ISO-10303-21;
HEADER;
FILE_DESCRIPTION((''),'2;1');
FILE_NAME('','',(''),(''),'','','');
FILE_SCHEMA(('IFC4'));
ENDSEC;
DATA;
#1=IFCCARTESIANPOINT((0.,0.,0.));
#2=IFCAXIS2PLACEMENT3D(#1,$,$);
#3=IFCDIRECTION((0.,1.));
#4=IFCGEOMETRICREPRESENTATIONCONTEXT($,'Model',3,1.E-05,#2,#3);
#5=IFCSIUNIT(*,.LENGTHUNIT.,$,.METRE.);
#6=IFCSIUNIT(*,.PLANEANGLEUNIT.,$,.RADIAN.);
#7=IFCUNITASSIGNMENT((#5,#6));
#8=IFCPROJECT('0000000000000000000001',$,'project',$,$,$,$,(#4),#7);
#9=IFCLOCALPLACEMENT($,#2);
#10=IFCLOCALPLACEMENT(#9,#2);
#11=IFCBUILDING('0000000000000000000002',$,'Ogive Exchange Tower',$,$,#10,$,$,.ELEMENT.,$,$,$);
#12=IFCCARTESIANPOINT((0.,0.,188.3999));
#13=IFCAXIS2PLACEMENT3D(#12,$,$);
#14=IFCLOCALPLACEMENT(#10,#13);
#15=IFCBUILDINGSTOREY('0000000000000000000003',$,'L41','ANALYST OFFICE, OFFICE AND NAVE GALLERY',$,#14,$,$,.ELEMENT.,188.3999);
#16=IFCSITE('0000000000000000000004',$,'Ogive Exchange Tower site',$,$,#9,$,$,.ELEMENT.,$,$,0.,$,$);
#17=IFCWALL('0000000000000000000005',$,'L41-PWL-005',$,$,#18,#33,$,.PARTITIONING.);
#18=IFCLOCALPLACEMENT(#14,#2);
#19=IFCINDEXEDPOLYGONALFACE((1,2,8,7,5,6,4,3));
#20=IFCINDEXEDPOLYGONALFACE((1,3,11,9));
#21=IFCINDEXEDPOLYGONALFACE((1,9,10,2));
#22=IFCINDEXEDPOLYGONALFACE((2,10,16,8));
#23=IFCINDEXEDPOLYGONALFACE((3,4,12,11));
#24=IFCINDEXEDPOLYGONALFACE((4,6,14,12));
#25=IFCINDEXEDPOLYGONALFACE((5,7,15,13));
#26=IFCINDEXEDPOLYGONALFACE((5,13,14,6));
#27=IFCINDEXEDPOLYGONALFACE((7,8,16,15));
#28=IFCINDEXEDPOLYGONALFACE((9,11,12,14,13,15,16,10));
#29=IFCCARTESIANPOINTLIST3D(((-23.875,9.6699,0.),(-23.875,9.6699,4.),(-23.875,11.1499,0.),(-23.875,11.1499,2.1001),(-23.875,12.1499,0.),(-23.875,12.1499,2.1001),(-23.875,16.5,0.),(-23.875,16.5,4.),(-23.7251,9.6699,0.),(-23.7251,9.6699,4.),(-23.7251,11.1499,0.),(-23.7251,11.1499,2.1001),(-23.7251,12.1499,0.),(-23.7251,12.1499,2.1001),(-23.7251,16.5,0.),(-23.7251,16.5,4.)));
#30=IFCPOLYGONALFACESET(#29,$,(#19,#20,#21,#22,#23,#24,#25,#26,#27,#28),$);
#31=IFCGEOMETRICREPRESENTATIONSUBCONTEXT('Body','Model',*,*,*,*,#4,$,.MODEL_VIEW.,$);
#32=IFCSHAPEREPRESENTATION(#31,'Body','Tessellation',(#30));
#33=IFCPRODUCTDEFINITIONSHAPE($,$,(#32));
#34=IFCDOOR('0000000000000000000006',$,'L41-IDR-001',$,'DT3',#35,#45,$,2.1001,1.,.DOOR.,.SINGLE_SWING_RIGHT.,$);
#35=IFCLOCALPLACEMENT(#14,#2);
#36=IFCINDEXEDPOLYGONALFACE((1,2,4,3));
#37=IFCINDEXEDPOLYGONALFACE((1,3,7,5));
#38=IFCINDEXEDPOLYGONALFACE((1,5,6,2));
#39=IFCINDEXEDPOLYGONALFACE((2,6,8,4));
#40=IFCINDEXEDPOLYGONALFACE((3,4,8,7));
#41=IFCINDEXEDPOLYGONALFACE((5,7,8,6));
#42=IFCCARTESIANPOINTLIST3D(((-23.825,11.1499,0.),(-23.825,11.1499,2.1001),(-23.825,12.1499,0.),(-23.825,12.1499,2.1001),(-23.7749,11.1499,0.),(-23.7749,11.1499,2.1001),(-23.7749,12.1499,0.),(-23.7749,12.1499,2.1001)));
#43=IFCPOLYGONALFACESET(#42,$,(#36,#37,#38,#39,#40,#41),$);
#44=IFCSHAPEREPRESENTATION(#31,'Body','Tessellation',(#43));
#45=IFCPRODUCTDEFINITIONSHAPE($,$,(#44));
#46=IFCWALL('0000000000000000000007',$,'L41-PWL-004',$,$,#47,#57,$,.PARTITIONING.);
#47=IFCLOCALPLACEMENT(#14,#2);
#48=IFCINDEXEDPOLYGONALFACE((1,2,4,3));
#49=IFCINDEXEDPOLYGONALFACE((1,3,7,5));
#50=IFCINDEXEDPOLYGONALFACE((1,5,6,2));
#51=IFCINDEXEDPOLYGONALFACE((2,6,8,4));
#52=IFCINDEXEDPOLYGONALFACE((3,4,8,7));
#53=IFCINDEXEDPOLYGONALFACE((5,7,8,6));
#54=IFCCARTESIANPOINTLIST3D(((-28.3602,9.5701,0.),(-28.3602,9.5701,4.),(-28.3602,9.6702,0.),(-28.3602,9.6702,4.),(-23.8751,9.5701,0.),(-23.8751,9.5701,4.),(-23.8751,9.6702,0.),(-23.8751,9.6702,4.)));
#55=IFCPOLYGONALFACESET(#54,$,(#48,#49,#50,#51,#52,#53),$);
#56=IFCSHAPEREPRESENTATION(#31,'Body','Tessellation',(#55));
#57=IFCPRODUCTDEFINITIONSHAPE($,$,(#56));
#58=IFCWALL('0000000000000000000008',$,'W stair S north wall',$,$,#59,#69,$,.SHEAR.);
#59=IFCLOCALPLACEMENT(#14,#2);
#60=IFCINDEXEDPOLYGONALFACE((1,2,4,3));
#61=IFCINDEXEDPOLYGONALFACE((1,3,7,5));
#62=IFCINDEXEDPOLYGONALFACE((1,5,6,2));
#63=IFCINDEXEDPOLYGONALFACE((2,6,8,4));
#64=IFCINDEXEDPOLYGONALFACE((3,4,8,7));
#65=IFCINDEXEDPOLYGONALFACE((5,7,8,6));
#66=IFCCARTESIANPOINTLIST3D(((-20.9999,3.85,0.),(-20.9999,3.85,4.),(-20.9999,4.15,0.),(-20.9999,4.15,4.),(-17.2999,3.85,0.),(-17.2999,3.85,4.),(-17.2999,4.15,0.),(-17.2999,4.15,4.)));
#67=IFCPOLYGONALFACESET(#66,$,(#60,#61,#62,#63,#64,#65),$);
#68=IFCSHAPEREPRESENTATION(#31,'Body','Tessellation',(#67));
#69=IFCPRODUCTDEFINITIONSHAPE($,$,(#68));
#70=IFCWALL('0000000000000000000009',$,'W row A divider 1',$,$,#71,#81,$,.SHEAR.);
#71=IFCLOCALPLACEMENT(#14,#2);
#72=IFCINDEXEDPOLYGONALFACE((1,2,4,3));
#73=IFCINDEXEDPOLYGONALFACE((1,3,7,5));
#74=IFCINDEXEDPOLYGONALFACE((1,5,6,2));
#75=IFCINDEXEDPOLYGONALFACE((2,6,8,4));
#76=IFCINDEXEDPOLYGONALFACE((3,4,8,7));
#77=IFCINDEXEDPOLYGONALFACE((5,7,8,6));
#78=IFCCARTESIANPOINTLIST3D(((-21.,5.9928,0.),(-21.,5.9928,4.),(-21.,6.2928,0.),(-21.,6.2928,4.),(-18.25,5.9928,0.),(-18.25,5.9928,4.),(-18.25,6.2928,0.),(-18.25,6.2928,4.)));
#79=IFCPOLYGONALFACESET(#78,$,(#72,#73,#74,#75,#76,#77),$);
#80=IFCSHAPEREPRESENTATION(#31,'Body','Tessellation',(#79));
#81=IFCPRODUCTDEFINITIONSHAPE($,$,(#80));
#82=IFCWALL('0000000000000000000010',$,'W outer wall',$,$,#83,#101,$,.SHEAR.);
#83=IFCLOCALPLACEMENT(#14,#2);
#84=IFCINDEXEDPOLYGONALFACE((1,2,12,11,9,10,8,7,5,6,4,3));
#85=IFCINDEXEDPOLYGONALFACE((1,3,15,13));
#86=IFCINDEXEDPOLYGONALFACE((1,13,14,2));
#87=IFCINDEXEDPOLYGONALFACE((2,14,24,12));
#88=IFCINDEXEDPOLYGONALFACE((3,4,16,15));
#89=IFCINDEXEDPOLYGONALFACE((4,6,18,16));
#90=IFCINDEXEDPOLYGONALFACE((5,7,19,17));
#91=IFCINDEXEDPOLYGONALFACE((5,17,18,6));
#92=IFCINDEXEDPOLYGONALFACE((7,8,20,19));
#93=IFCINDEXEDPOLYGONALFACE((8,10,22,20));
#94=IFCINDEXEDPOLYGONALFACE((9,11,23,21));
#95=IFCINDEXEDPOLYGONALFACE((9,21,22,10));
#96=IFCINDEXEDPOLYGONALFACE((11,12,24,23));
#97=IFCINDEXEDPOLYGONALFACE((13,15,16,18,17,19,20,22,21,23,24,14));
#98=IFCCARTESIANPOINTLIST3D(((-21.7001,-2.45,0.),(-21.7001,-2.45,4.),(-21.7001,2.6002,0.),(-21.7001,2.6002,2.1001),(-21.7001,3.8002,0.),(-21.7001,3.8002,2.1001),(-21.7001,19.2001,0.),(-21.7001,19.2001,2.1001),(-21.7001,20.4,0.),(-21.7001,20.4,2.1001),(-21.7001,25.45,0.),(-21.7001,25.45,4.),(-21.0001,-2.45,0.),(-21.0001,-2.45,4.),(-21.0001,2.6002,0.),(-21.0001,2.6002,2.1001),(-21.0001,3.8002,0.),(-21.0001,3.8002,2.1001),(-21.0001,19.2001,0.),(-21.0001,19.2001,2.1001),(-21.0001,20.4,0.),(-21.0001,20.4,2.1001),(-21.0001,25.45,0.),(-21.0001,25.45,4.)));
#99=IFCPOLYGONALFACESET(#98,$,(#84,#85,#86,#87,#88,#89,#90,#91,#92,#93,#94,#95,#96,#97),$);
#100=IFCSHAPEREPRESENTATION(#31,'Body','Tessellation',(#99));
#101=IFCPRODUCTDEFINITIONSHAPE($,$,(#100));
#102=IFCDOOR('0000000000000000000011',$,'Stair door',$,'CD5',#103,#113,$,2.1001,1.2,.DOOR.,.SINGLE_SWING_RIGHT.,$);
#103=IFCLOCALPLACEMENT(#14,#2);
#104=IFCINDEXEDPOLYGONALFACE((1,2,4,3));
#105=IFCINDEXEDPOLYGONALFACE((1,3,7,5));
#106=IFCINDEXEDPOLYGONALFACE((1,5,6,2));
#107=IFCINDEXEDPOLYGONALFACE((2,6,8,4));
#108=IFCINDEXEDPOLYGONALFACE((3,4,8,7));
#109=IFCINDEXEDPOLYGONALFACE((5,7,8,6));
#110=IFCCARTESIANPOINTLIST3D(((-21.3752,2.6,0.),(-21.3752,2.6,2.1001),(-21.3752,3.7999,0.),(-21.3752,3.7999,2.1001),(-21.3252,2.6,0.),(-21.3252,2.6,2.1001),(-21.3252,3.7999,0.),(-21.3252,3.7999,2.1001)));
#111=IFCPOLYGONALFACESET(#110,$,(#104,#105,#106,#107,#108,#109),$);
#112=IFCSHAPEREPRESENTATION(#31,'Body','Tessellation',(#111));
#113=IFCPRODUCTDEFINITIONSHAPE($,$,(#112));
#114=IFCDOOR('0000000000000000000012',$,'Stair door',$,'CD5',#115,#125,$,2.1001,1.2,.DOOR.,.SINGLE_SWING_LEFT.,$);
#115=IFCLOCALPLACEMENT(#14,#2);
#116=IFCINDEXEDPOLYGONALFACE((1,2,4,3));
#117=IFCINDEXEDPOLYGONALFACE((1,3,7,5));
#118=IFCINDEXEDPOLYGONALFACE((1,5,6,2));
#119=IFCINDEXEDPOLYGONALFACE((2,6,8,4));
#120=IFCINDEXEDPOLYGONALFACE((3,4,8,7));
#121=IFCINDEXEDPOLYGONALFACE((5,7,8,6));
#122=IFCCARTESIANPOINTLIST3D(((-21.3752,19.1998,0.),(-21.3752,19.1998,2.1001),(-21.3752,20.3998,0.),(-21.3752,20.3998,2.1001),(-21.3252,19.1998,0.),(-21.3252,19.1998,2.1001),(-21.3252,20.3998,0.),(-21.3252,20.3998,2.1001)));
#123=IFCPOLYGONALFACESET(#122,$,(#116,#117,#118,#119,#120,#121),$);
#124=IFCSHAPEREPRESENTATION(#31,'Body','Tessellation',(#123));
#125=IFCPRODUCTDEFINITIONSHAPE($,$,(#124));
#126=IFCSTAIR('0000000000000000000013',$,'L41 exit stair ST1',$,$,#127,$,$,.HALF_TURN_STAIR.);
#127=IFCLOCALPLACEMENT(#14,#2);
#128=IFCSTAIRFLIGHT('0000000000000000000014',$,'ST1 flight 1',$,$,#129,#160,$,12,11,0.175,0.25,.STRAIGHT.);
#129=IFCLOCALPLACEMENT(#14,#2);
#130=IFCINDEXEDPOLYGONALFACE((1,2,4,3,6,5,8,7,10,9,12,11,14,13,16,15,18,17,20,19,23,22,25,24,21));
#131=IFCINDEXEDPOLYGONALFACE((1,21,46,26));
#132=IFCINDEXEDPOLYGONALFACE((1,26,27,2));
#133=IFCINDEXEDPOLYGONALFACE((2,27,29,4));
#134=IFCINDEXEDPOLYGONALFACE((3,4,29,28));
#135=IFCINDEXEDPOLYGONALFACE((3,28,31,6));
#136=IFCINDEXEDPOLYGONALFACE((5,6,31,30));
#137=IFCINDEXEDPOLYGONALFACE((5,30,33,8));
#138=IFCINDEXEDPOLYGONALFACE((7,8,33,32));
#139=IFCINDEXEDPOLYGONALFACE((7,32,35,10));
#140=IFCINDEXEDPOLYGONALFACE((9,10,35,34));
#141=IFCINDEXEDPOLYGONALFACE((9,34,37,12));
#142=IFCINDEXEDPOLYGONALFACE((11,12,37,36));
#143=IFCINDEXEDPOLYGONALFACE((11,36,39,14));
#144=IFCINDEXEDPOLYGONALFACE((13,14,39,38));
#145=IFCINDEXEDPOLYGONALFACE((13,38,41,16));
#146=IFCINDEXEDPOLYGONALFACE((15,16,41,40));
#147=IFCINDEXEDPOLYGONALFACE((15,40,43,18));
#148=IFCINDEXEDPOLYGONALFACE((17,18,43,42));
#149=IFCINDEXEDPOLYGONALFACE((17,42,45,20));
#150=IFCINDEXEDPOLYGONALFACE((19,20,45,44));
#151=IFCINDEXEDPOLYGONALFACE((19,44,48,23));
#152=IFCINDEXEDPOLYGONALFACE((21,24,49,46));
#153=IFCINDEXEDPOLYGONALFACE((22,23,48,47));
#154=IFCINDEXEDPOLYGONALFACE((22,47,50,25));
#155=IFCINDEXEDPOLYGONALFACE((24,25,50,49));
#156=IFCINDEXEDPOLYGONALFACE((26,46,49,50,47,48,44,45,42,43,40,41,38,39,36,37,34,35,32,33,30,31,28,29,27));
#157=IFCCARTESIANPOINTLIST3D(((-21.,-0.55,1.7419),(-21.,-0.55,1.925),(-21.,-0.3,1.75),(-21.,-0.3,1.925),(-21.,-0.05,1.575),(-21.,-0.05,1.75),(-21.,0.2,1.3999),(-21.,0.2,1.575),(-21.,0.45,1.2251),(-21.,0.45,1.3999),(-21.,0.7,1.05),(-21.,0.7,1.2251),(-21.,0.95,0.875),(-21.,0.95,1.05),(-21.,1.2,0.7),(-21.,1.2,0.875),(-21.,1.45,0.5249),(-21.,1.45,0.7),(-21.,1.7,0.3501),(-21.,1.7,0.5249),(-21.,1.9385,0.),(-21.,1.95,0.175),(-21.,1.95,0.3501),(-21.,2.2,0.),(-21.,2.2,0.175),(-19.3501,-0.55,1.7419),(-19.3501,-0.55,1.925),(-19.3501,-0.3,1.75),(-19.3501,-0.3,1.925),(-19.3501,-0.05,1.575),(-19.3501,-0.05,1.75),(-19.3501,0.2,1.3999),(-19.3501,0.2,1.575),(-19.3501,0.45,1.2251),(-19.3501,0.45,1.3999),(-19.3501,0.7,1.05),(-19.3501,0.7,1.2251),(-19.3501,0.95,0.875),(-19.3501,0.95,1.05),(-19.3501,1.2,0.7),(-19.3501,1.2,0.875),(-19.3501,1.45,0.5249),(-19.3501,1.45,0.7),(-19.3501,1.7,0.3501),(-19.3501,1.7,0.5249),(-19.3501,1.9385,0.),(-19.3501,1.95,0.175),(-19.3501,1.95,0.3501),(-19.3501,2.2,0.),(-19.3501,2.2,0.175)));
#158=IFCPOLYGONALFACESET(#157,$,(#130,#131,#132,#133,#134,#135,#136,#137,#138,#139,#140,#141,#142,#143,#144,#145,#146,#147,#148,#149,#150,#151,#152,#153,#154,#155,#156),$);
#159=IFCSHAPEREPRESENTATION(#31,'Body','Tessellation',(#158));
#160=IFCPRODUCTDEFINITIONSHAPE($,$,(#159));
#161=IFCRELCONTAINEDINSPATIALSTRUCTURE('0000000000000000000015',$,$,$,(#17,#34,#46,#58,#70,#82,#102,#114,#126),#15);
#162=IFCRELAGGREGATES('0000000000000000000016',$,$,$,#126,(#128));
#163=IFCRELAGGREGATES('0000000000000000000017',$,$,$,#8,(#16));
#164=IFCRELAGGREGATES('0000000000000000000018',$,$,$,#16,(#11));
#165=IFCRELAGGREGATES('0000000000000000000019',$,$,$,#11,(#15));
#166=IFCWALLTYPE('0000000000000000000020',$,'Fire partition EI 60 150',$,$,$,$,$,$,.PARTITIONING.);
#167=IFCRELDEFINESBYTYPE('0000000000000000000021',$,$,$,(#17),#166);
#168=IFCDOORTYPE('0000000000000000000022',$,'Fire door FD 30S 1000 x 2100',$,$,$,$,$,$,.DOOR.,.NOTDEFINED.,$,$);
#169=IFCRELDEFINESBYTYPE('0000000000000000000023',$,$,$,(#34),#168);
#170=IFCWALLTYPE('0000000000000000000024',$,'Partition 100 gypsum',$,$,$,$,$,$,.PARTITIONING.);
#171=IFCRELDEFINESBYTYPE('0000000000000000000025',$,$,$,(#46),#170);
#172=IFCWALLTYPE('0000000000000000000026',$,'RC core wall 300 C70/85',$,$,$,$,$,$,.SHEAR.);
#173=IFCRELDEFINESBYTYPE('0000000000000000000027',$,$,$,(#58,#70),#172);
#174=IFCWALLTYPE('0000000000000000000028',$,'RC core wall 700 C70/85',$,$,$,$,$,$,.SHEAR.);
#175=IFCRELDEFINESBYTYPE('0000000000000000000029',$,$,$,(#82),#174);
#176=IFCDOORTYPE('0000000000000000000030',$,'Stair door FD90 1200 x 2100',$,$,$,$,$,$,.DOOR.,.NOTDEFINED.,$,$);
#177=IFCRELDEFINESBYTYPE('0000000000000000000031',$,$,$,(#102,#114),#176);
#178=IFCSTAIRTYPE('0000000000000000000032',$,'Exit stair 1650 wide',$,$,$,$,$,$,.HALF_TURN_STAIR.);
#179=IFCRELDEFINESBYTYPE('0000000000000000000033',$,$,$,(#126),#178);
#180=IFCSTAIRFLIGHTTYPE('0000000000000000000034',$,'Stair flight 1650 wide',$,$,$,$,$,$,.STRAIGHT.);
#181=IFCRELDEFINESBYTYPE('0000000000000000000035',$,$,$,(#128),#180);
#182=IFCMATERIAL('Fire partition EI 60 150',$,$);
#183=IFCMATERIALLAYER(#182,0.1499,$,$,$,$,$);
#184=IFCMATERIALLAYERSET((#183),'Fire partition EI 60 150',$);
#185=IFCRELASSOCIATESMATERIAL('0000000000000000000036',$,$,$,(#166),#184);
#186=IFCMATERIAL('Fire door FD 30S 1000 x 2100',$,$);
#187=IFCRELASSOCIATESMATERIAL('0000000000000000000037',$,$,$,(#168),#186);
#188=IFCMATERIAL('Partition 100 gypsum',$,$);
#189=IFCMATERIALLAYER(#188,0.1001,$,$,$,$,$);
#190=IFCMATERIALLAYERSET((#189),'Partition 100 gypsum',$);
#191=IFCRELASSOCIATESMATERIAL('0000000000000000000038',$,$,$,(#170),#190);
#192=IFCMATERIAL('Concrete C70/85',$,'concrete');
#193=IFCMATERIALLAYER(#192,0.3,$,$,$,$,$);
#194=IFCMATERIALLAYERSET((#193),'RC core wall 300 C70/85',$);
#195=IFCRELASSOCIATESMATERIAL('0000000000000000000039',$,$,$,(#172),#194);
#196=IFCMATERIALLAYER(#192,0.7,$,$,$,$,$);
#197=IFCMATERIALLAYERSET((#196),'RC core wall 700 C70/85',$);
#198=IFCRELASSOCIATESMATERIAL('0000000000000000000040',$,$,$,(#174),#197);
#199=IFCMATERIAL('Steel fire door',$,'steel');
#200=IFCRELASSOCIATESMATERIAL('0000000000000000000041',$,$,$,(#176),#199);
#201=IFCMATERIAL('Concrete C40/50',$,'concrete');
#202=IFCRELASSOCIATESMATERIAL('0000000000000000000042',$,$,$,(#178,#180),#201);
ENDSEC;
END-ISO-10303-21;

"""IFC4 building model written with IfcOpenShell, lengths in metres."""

from ifc_helpers import new_model, si_unit, direction, frame, frame_2d, origin, place, context, subcontext, project, spatial, polyline, rectangle, outline, extrude, material, layer, layer_set, type_object, element, fill, aggregate, save


model = new_model("IFC4")

# Units and contexts
model_context = context("Model", 3, precision=1e-05, world=origin(), true_north=direction((0.0, 1.0)))
body_context = subcontext(model_context, "Body", "Model", "MODEL_VIEW")
ifc_project = project(units=[si_unit("LENGTHUNIT", "METRE"), si_unit("PLANEANGLEUNIT", "RADIAN")], contexts=[model_context])

# Site, building, storey
site_placement = place(None, origin())
site = spatial("IfcSite", under=ifc_project, at=site_placement, Name="Ogive Exchange Tower site", CompositionType="ELEMENT", RefElevation=0.0)
building_placement = place(site_placement, origin())
building = spatial("IfcBuilding", under=site, at=building_placement, Name="Ogive Exchange Tower", CompositionType="ELEMENT")
storey_placement = place(building_placement, frame((0.0, 0.0, 188.3999)))
storey = spatial("IfcBuildingStorey", under=building, at=storey_placement, Name="L41", Description="ANALYST OFFICE, OFFICE AND NAVE GALLERY", CompositionType="ELEMENT", Elevation=188.3999)

# Wall, opening, door
ifc_material_1 = material(Name="Fire partition EI 60 150")
ifc_layer_1 = layer(ifc_material_1, 0.1499)
ifc_layer_set_1 = layer_set([ifc_layer_1], Name="Fire partition EI 60 150")
wall_type_1 = type_object("IfcWallType", Name="Fire partition EI 60 150", PredefinedType="PARTITIONING", material=ifc_layer_set_1)
wall_1_placement = place(storey_placement, frame((-23.8, 9.6699, 0.0), z_axis=(0.0, 0.0, 1.0), x_axis=(0.0, 1.0, 0.0)))
wall_1 = element("IfcWall", 1, at=wall_1_placement, inside=storey, type_object=wall_type_1, Name="L41-PWL-005", PredefinedType="PARTITIONING", context=body_context, shape_type="SweptSolid", body=[
    extrude(rectangle(XDim=6.8301, YDim=0.1499, at=frame_2d((3.415, 0.0))), origin(), (0.0, 0.0, 1.0), 4.0),
])
opening_1_placement = place(wall_1_placement, frame((1.48, 0.0, 0.0)))
opening_1 = element("IfcOpeningElement", 2, at=opening_1_placement, cuts=wall_1, PredefinedType="OPENING", context=body_context, shape_type="SweptSolid", body=[
    extrude(rectangle(XDim=1.0, YDim=2.1001, at=frame_2d((0.5, 1.05))), frame((0.0, 0.085, 0.0), z_axis=(0.0, -1.0, 0.0), x_axis=(1.0, 0.0, 0.0)), (0.0, 0.0, 1.0), 0.1699),
])
ifc_material_2 = material(Name="Fire door FD 30S 1000 x 2100")
door_type_1 = type_object("IfcDoorType", Name="Fire door FD 30S 1000 x 2100", OperationType="NOTDEFINED", PredefinedType="DOOR", material=ifc_material_2)
door_1_placement = place(opening_1_placement, origin())
door_1 = element("IfcDoor", 3, at=door_1_placement, inside=storey, type_object=door_type_1, Name="L41-IDR-001", ObjectType="DT3", OperationType="SINGLE_SWING_RIGHT", OverallHeight=2.1001, OverallWidth=1.0, PredefinedType="DOOR", context=body_context, shape_type="SweptSolid", body=[
    extrude(rectangle(XDim=1.0, YDim=2.1001, at=frame_2d((0.5, 1.05))), frame((0.0, 0.0249, 0.0), z_axis=(0.0, -1.0, 0.0), x_axis=(1.0, 0.0, 0.0)), (0.0, 0.0, 1.0), 0.05),
])
fill(opening_1, door_1)

# Walls
ifc_material_3 = material(Name="Partition 100 gypsum")
ifc_layer_2 = layer(ifc_material_3, 0.1001)
ifc_layer_set_2 = layer_set([ifc_layer_2], Name="Partition 100 gypsum")
wall_type_2 = type_object("IfcWallType", Name="Partition 100 gypsum", PredefinedType="PARTITIONING", material=ifc_layer_set_2)
wall_2_placement = place(storey_placement, frame((-23.875, 9.6201, 0.0), z_axis=(0.0, 0.0, 1.0), x_axis=(-1.0, 0.0, 0.0)))
element("IfcWall", 4, at=wall_2_placement, inside=storey, type_object=wall_type_2, Name="L41-PWL-004", PredefinedType="PARTITIONING", context=body_context, shape_type="SweptSolid", body=[
    extrude(rectangle(XDim=4.4851, YDim=0.1001, at=frame_2d((2.2427, 0.0))), origin(), (0.0, 0.0, 1.0), 4.0),
])
ifc_material_4 = material(Name="Concrete C70/85", Category="concrete")
ifc_layer_3 = layer(ifc_material_4, 0.3)
ifc_layer_set_3 = layer_set([ifc_layer_3], Name="RC core wall 300 C70/85")
wall_type_3 = type_object("IfcWallType", Name="RC core wall 300 C70/85", PredefinedType="SHEAR", material=ifc_layer_set_3)
wall_3_placement = place(storey_placement, frame((-21.0, 4.0, 0.0), z_axis=(0.0, 0.0, 1.0), x_axis=(1.0, 0.0, 0.0)))
element("IfcWall", 5, at=wall_3_placement, inside=storey, type_object=wall_type_3, Name="W stair S north wall", PredefinedType="SHEAR", context=body_context, shape_type="SweptSolid", body=[
    extrude(rectangle(XDim=3.7, YDim=0.3, at=frame_2d((1.8501, 0.0))), origin(), (0.0, 0.0, 1.0), 4.0),
])
wall_4_placement = place(storey_placement, frame((-21.0, 6.1428, 0.0), z_axis=(0.0, 0.0, 1.0), x_axis=(1.0, 0.0, 0.0)))
element("IfcWall", 6, at=wall_4_placement, inside=storey, type_object=wall_type_3, Name="W row A divider 1", PredefinedType="SHEAR", context=body_context, shape_type="SweptSolid", body=[
    extrude(rectangle(XDim=2.75, YDim=0.3, at=frame_2d((1.375, 0.0))), origin(), (0.0, 0.0, 1.0), 4.0),
])

# Wall, openings, doors
ifc_layer_4 = layer(ifc_material_4, 0.7)
ifc_layer_set_4 = layer_set([ifc_layer_4], Name="RC core wall 700 C70/85")
wall_type_4 = type_object("IfcWallType", Name="RC core wall 700 C70/85", PredefinedType="SHEAR", material=ifc_layer_set_4)
wall_5_placement = place(storey_placement, frame((-21.3501, -2.45, 0.0), z_axis=(0.0, 0.0, 1.0), x_axis=(0.0, 1.0, 0.0)))
wall_5 = element("IfcWall", 7, at=wall_5_placement, inside=storey, type_object=wall_type_4, Name="W outer wall", PredefinedType="SHEAR", context=body_context, shape_type="SweptSolid", body=[
    extrude(rectangle(XDim=27.8999, YDim=0.7, at=frame_2d((13.95, 0.0))), origin(), (0.0, 0.0, 1.0), 4.0),
])
opening_2_placement = place(wall_5_placement, frame((5.05, 0.0, 0.0)))
opening_2 = element("IfcOpeningElement", 8, at=opening_2_placement, cuts=wall_5, PredefinedType="OPENING", context=body_context, shape_type="SweptSolid", body=[
    extrude(rectangle(XDim=1.2, YDim=2.1001, at=frame_2d((0.6001, 1.05))), frame((0.0, 0.3599, 0.0), z_axis=(0.0, -1.0, 0.0), x_axis=(1.0, 0.0, 0.0)), (0.0, 0.0, 1.0), 0.72),
])
opening_3_placement = place(wall_5_placement, frame((21.6499, 0.0, 0.0)))
opening_3 = element("IfcOpeningElement", 9, at=opening_3_placement, cuts=wall_5, PredefinedType="OPENING", context=body_context, shape_type="SweptSolid", body=[
    extrude(rectangle(XDim=1.2, YDim=2.1001, at=frame_2d((0.6001, 1.05))), frame((0.0, 0.3599, 0.0), z_axis=(0.0, -1.0, 0.0), x_axis=(1.0, 0.0, 0.0)), (0.0, 0.0, 1.0), 0.72),
])
ifc_material_5 = material(Name="Steel fire door", Category="steel")
door_type_2 = type_object("IfcDoorType", Name="Stair door FD90 1200 x 2100", OperationType="NOTDEFINED", PredefinedType="DOOR", material=ifc_material_5)
door_2_placement = place(opening_2_placement, frame((1.2, 0.0, 0.0), z_axis=(0.0, 0.0, 1.0), x_axis=(-1.0, 0.0, 0.0)))
door_2 = element("IfcDoor", 10, at=door_2_placement, inside=storey, type_object=door_type_2, Name="Stair door", ObjectType="CD5", OperationType="SINGLE_SWING_RIGHT", OverallHeight=2.1001, OverallWidth=1.2, PredefinedType="DOOR", context=body_context, shape_type="SweptSolid", body=[
    extrude(rectangle(XDim=1.2, YDim=2.1001, at=frame_2d((0.6001, 1.05))), frame((0.0, 0.0249, 0.0), z_axis=(0.0, -1.0, 0.0), x_axis=(1.0, 0.0, 0.0)), (0.0, 0.0, 1.0), 0.05),
])
fill(opening_2, door_2)
door_3_placement = place(opening_3_placement, frame((1.2, 0.0, 0.0), z_axis=(0.0, 0.0, 1.0), x_axis=(-1.0, 0.0, 0.0)))
door_3 = element("IfcDoor", 11, at=door_3_placement, inside=storey, type_object=door_type_2, Name="Stair door", ObjectType="CD5", OperationType="SINGLE_SWING_LEFT", OverallHeight=2.1001, OverallWidth=1.2, PredefinedType="DOOR", context=body_context, shape_type="SweptSolid", body=[
    extrude(rectangle(XDim=1.2, YDim=2.1001, at=frame_2d((0.6001, 1.05))), frame((0.0, 0.0249, 0.0), z_axis=(0.0, -1.0, 0.0), x_axis=(1.0, 0.0, 0.0)), (0.0, 0.0, 1.0), 0.05),
])
fill(opening_3, door_3)

# Stair, stair flight
ifc_material_6 = material(Name="Concrete C40/50", Category="concrete")
stair_type = type_object("IfcStairType", Name="Exit stair 1650 wide", PredefinedType="HALF_TURN_STAIR", material=ifc_material_6)
stair_placement = place(storey_placement, origin())
stair = element("IfcStair", 12, at=stair_placement, inside=storey, type_object=stair_type, Name="L41 exit stair ST1", PredefinedType="HALF_TURN_STAIR")
stair_flight_type = type_object("IfcStairFlightType", Name="Stair flight 1650 wide", PredefinedType="STRAIGHT", material=ifc_material_6)
stair_flight_1_placement = place(storey_placement, frame((-20.175, 2.2, 0.0), z_axis=(0.0, 0.0, 1.0), x_axis=(0.0, -1.0, 0.0)))
stair_flight_1 = element("IfcStairFlight", 13, at=stair_flight_1_placement, type_object=stair_flight_type, Name="ST1 flight 1", NumberOfRisers=12, NumberOfTreads=11, PredefinedType="STRAIGHT", RiserHeight=0.175, TreadLength=0.25, context=body_context, shape_type="SweptSolid", body=[
    extrude(outline(polyline([(0.0, 0.0), (0.0, 0.175), (0.25, 0.175), (0.25, 0.3501), (0.5, 0.3501), (0.5, 0.5249), (0.75, 0.5249), (0.75, 0.7), (1.0, 0.7), (1.0, 0.875), (1.25, 0.875), (1.25, 1.05), (1.5, 1.05), (1.5, 1.2251), (1.75, 1.2251), (1.75, 1.3999), (2.0, 1.3999), (2.0, 1.575), (2.25, 1.575), (2.25, 1.75), (2.5, 1.75), (2.5, 1.925), (2.75, 1.925), (2.75, 2.1001), (2.75, 1.7419), (0.2615, 0.0), (0.0, 0.0)])), frame((0.0, 0.825, 0.0), z_axis=(0.0, -1.0, 0.0), x_axis=(1.0, 0.0, 0.0)), (0.0, 0.0, 1.0), 1.6499),
])
aggregate(stair, [stair_flight_1])

save(model, "model.ifc")
